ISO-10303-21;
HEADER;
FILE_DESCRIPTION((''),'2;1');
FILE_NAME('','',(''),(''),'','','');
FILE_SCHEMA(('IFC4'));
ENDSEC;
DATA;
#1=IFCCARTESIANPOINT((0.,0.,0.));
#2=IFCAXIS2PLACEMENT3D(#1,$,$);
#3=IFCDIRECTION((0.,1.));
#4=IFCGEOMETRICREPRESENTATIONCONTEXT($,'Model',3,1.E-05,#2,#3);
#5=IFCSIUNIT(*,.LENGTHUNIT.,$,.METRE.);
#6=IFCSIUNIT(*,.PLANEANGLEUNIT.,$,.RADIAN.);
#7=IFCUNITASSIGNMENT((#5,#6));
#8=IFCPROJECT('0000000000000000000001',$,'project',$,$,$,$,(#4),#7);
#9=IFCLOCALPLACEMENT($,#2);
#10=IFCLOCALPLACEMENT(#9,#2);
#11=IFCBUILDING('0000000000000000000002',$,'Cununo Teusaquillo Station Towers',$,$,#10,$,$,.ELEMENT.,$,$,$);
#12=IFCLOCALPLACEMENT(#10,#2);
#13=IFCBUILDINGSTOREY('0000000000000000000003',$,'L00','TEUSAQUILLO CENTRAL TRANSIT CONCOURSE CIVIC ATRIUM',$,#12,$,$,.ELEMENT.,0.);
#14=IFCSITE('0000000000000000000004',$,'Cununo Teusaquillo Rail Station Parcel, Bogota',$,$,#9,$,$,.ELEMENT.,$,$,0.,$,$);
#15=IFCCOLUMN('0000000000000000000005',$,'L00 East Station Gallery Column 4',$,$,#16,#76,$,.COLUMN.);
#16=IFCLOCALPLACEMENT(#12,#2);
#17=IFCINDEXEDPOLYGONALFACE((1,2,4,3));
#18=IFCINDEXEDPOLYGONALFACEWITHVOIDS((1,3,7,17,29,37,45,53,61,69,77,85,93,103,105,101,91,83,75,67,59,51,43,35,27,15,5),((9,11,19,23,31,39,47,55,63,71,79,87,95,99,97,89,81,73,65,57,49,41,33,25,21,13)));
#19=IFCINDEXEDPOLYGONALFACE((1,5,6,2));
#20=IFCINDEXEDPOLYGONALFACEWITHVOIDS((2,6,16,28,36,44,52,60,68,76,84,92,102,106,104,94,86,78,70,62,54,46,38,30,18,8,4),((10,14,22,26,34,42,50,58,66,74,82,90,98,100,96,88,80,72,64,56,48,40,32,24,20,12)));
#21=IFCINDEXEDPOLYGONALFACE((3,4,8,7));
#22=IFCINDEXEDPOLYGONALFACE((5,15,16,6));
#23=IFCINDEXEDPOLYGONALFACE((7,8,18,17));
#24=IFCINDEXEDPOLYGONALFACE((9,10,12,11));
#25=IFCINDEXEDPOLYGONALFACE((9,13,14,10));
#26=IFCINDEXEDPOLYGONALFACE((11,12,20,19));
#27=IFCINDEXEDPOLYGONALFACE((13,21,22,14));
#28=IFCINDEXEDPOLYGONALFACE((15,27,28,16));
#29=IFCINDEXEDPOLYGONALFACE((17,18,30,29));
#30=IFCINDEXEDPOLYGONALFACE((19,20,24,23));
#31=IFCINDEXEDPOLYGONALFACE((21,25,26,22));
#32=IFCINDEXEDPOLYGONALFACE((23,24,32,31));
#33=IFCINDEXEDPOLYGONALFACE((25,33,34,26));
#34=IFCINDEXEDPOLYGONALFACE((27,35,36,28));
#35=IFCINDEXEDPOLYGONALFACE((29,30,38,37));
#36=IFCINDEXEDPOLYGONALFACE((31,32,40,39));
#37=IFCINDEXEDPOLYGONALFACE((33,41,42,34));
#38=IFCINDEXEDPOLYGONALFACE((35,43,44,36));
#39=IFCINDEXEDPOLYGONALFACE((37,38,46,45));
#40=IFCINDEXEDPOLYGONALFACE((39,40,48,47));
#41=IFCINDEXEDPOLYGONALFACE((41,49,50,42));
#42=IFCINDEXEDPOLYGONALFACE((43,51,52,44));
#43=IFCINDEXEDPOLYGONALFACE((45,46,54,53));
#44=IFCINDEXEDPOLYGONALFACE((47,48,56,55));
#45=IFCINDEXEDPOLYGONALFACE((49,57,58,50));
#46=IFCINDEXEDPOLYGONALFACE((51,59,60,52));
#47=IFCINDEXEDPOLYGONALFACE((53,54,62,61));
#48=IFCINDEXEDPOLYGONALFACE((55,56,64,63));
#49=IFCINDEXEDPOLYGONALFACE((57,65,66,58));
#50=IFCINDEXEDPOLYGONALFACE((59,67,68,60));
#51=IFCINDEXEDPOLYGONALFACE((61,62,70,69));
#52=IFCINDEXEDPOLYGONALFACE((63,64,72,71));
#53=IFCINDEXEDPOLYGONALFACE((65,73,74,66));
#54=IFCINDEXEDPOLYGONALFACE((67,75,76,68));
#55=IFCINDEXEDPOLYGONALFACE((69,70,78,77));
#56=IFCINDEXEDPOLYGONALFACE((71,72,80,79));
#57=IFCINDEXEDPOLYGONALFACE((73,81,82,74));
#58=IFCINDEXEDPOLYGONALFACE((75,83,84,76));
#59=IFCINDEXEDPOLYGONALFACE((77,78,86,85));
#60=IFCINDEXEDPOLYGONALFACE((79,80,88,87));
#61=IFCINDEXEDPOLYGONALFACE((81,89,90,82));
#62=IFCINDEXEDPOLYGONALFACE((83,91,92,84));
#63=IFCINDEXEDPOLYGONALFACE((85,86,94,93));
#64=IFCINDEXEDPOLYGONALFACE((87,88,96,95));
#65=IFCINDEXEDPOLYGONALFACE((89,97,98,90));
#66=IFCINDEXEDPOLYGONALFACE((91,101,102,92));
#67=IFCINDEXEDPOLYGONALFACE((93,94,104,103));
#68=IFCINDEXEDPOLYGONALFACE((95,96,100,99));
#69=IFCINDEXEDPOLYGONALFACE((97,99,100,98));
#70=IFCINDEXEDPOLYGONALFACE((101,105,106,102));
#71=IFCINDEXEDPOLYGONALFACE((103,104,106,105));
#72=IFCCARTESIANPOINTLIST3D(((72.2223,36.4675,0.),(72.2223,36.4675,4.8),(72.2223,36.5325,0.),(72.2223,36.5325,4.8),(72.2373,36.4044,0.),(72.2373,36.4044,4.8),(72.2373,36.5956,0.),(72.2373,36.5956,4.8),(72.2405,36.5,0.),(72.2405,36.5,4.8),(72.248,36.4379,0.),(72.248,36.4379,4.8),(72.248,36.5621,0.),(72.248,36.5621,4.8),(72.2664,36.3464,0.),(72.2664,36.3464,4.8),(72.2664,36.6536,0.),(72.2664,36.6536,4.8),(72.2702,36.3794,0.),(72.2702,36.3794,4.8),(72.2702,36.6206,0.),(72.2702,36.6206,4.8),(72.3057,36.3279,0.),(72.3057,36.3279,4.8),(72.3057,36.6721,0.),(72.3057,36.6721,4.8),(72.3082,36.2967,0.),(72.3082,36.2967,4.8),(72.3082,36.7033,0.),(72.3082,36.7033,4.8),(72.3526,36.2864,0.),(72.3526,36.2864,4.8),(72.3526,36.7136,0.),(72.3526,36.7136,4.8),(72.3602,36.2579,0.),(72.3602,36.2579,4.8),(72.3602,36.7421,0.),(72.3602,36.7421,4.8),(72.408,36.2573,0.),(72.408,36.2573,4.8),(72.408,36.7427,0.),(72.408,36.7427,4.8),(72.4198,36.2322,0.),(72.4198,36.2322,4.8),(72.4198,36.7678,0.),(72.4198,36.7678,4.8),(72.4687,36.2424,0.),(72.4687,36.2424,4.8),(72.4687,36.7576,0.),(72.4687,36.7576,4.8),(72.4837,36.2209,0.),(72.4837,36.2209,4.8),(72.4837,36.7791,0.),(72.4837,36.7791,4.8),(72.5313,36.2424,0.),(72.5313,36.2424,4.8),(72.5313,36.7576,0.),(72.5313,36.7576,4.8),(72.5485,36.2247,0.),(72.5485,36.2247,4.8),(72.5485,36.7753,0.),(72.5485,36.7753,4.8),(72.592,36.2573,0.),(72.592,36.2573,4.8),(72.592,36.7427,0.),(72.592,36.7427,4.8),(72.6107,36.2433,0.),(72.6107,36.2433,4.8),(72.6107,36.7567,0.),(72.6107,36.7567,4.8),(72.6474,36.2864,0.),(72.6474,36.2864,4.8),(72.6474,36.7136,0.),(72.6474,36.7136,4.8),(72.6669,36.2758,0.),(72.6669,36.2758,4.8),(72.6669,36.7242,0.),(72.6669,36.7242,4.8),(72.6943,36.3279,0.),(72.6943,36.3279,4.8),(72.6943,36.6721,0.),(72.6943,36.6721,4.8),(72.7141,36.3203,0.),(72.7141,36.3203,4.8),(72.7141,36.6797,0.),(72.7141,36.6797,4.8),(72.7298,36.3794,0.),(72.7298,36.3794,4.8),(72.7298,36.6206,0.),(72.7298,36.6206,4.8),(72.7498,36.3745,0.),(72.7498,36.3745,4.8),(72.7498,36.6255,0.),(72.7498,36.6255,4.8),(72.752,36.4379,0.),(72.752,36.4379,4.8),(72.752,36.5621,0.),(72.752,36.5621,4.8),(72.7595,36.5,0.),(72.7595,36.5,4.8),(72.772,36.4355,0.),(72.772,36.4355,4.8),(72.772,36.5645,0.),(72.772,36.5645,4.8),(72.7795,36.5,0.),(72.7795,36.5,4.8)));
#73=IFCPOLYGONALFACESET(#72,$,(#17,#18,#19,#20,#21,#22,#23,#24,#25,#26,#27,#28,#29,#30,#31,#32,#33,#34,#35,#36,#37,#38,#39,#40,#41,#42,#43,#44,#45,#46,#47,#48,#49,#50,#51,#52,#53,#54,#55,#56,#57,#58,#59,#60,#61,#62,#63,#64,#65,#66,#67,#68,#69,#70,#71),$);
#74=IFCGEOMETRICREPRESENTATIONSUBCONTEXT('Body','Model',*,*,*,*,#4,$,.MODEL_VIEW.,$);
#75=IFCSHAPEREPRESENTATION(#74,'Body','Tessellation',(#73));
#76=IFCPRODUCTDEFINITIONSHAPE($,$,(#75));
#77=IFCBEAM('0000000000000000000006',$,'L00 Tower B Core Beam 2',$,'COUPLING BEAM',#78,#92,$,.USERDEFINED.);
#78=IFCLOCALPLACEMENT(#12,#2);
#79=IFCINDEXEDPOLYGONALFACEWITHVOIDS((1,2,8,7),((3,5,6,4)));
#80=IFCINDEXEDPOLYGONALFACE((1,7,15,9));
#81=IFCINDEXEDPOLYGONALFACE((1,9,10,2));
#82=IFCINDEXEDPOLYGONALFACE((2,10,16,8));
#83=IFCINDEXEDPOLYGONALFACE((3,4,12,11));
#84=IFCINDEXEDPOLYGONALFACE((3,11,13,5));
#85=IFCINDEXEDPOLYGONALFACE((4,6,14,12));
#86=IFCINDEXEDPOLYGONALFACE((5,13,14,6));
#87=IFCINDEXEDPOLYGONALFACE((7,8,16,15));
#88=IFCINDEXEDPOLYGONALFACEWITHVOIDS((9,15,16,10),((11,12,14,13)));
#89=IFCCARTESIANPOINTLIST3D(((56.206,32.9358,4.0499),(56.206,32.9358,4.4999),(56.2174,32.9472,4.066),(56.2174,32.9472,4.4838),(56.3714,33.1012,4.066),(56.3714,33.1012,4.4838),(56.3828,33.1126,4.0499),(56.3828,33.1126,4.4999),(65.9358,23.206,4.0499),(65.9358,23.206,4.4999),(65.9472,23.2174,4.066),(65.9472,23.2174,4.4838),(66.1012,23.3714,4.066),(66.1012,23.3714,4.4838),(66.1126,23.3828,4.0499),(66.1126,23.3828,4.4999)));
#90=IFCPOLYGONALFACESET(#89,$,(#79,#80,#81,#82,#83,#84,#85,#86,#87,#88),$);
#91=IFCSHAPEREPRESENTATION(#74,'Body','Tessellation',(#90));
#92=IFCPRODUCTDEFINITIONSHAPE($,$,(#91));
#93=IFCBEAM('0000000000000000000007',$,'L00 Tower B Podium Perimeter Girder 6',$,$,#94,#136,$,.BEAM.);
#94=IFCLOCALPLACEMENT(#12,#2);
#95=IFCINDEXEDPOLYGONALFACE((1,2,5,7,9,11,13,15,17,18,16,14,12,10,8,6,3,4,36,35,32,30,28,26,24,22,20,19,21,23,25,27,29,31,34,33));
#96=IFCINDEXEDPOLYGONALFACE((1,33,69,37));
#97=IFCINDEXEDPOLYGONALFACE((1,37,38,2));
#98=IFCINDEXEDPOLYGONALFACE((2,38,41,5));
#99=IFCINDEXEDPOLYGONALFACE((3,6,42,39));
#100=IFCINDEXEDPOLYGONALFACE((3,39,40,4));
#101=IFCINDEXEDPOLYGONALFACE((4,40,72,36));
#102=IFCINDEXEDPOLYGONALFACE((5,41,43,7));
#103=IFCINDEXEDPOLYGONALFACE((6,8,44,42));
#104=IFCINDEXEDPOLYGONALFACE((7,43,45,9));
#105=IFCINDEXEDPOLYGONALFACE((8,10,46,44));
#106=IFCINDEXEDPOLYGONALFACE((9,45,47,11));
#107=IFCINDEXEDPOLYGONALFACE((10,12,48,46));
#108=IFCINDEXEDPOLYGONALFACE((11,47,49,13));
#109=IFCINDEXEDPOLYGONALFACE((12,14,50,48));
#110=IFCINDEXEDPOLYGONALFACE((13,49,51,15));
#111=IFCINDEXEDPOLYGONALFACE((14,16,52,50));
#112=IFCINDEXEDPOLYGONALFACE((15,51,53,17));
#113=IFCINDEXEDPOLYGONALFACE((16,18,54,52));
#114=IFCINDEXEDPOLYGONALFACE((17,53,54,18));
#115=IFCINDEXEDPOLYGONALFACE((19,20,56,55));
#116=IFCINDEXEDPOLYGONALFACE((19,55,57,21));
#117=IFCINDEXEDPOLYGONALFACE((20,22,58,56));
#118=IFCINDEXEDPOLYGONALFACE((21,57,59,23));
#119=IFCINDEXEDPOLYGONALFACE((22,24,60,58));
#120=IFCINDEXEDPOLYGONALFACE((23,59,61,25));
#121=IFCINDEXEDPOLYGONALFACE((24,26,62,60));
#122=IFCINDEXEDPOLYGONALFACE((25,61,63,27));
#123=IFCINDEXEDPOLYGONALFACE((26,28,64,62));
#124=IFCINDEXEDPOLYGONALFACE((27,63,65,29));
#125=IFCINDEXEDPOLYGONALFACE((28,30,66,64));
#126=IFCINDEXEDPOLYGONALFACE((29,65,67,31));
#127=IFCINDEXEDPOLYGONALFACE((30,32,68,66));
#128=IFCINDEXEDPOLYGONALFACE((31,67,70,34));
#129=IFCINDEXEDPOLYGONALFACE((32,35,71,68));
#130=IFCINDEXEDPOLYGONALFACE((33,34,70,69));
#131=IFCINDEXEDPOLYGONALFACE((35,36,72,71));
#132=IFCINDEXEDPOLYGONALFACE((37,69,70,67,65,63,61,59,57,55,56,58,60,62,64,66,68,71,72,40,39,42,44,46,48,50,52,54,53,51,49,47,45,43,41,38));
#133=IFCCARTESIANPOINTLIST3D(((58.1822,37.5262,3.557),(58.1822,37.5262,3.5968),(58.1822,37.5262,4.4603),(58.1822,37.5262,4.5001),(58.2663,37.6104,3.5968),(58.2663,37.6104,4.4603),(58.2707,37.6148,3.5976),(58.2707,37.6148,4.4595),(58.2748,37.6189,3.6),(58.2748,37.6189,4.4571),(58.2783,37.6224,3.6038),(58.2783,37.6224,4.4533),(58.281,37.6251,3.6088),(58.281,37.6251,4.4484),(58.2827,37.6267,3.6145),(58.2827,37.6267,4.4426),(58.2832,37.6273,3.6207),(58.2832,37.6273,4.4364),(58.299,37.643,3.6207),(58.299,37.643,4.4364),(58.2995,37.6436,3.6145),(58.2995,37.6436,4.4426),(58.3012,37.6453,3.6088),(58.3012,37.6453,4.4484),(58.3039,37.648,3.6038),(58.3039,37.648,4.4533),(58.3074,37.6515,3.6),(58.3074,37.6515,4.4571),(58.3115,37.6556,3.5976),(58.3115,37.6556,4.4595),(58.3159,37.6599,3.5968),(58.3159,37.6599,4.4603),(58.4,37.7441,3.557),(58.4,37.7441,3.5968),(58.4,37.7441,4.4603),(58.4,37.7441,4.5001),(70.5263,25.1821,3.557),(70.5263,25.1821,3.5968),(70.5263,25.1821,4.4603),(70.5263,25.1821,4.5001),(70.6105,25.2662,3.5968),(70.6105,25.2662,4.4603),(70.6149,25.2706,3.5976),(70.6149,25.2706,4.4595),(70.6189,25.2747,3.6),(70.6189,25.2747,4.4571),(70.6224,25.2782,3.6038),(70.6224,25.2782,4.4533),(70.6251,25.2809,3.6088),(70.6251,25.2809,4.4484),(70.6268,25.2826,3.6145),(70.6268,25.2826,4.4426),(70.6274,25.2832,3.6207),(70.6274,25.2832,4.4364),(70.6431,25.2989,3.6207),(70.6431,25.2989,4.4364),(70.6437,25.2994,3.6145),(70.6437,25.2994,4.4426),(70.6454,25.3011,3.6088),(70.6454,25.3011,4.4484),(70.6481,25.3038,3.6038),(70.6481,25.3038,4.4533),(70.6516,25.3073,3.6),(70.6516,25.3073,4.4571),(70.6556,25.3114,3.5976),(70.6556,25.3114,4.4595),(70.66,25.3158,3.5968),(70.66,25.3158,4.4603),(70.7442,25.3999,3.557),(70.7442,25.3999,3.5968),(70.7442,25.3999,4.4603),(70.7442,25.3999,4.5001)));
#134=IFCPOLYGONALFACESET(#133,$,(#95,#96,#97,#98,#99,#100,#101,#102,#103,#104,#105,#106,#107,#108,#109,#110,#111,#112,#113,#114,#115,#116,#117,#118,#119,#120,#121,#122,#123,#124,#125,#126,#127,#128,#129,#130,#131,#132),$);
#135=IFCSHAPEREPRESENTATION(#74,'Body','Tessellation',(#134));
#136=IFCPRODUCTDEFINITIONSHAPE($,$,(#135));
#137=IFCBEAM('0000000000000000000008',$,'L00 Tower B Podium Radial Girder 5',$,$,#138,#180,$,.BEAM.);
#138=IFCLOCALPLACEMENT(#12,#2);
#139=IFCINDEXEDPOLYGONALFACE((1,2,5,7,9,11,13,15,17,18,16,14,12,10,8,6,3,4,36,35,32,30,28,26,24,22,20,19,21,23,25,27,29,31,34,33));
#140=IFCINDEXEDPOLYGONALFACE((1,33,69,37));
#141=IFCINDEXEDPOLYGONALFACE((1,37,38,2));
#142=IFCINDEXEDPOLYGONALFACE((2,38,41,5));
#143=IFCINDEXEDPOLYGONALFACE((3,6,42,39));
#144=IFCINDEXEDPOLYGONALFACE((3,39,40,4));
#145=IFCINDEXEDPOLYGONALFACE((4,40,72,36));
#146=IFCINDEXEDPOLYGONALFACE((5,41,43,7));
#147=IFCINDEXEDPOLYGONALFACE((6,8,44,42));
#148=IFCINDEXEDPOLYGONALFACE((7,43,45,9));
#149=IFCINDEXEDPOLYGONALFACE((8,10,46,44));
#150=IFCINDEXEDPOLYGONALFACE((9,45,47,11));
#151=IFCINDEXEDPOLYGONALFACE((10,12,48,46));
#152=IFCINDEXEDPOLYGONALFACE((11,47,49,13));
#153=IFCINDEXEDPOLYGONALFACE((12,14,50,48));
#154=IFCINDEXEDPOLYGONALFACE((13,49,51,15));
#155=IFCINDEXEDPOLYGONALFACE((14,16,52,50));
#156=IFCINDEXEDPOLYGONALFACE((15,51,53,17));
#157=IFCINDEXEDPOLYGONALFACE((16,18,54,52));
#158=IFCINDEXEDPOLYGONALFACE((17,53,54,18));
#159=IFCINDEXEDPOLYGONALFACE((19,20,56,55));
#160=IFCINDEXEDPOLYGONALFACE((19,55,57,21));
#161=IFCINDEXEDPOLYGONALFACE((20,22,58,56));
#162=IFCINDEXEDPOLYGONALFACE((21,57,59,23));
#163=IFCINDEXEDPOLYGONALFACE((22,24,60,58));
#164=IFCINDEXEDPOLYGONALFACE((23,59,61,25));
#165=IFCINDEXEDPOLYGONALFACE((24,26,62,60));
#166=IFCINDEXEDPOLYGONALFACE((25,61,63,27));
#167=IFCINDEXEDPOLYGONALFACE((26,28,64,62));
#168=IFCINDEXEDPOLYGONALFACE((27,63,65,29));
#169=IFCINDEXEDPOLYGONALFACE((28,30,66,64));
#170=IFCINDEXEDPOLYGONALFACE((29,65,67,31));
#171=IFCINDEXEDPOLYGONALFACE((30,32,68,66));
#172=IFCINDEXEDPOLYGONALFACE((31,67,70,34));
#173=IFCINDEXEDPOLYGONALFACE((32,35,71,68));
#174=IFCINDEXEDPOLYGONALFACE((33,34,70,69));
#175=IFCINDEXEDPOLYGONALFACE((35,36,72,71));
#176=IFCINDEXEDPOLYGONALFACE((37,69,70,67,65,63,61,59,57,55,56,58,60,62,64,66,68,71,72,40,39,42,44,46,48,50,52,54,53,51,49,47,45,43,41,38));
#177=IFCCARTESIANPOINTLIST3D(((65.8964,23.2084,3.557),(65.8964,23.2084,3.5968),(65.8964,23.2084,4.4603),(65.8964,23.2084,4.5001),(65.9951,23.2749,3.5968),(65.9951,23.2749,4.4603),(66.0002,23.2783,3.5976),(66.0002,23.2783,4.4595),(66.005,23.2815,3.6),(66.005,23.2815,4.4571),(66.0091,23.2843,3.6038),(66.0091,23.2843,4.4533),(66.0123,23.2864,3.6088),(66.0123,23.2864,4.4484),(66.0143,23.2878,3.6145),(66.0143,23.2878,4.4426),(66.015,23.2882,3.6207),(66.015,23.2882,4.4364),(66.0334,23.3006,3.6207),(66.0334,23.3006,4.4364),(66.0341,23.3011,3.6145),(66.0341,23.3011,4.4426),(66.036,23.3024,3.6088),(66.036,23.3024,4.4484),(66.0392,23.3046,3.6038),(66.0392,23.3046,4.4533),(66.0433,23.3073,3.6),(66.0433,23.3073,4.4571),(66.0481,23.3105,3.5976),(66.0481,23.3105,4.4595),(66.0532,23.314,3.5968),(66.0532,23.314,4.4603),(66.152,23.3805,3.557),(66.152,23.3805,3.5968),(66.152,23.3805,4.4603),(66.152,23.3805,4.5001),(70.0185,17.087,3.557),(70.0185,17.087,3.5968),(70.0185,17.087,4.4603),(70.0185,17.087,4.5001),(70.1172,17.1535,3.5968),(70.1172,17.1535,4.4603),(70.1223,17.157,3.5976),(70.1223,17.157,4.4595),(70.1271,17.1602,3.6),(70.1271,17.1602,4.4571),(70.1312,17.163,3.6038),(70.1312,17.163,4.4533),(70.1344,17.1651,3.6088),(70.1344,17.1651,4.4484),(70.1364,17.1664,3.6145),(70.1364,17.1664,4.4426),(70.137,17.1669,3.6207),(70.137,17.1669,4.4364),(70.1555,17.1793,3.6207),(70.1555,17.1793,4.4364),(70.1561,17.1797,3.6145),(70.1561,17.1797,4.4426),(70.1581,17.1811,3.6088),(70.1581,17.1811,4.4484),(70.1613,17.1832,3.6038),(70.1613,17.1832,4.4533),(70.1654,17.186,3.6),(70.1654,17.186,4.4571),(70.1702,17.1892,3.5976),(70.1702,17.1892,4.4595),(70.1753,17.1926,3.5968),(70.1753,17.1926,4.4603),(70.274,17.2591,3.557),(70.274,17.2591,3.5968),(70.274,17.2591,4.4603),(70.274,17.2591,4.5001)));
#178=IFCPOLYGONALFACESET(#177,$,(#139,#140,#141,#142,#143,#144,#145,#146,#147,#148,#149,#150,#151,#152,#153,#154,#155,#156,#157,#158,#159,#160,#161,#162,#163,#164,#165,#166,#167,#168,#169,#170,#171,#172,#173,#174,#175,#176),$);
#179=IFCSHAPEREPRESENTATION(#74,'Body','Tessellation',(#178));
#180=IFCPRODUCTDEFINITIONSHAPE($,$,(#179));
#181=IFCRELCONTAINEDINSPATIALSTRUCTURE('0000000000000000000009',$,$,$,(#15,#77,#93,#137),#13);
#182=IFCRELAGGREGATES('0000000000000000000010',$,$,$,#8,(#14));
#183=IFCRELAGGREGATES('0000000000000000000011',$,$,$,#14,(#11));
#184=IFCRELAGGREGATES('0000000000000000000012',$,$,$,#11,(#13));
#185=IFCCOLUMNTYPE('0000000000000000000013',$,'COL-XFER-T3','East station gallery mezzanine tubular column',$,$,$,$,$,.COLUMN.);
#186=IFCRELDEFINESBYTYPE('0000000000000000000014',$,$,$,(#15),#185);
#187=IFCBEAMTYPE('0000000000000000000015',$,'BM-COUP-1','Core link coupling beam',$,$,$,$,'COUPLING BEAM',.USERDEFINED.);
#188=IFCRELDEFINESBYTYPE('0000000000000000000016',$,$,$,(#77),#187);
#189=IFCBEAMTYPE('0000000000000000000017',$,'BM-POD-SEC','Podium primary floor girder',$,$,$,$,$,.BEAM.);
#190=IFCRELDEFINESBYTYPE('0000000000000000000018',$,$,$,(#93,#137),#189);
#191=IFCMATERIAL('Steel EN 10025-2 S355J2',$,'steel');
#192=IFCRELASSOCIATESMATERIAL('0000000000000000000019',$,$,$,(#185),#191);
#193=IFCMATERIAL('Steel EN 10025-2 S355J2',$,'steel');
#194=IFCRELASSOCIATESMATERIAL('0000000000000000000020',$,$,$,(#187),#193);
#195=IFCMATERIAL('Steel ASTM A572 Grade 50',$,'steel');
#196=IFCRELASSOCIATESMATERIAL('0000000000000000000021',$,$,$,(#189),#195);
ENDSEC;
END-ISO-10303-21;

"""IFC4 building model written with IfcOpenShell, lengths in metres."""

from ifc_helpers import new_model, si_unit, direction, frame, origin, origin_2d, place, context, subcontext, project, spatial, hollow_rectangle, hollow_circle, i_section, extrude, material, material_profile, profile_set, type_object, element, save


model = new_model("IFC4")

# Units and contexts
model_context = context("Model", 3, precision=1e-05, world=origin(), true_north=direction((0.0, 1.0)))
body_context = subcontext(model_context, "Body", "Model", "MODEL_VIEW")
ifc_project = project(units=[si_unit("LENGTHUNIT", "METRE"), si_unit("PLANEANGLEUNIT", "RADIAN")], contexts=[model_context])

# Site, building, storey
site_placement = place(None, origin())
site = spatial("IfcSite", under=ifc_project, at=site_placement, Name="Cununo Teusaquillo Rail Station Parcel, Bogota", CompositionType="ELEMENT", RefElevation=0.0)
building_placement = place(site_placement, origin())
building = spatial("IfcBuilding", under=site, at=building_placement, Name="Cununo Teusaquillo Station Towers", CompositionType="ELEMENT")
storey_placement = place(building_placement, origin())
storey = spatial("IfcBuildingStorey", under=building, at=storey_placement, Name="L00", Description="TEUSAQUILLO CENTRAL TRANSIT CONCOURSE CIVIC ATRIUM", CompositionType="ELEMENT", Elevation=0.0)

# Column
ifc_material_1 = material(Name="Steel EN 10025-2 S355J2", Category="steel")
ifc_material_profile_1 = material_profile(ifc_material_1, hollow_circle(Radius=0.2795, WallThickness=0.02, at=origin_2d()), Name="CHS 559x20")
ifc_profile_set_1 = profile_set([ifc_material_profile_1], Name="Steel EN 10025-2 S355J2")
column_type_1 = type_object("IfcColumnType", Name="COL-XFER-T3", Description="East station gallery mezzanine tubular column", PredefinedType="COLUMN", material=ifc_profile_set_1)
for number, where, z_axis, x_axis, name in (
    (1, (72.5, 36.5, 0.0), (0.0, 0.0, 1.0), (1.0, 0.0, 0.0), "L00 East Station Gallery Column 4"),
):
    element("IfcColumn", number, at=place(storey_placement, frame(where, z_axis=z_axis, x_axis=x_axis)), inside=storey, type_object=column_type_1, Name=name, PredefinedType="COLUMN", context=body_context, shape_type="SweptSolid", body=[
        extrude(hollow_circle(Radius=0.2795, WallThickness=0.02, at=origin_2d()), origin(), (0.0, 0.0, 1.0), 4.8),
    ])

# Beams
ifc_material_2 = material(Name="Steel EN 10025-2 S355J2", Category="steel")
ifc_material_profile_2 = material_profile(ifc_material_2, hollow_rectangle(XDim=0.25, YDim=0.45, WallThickness=0.0161, at=origin_2d()), Name="RHS 450x250x16")
ifc_profile_set_2 = profile_set([ifc_material_profile_2], Name="Steel EN 10025-2 S355J2")
beam_type_1 = type_object("IfcBeamType", Name="BM-COUP-1", Description="Core link coupling beam", ElementType="COUPLING BEAM", PredefinedType="USERDEFINED", material=ifc_profile_set_2)
beam_1_placement = place(storey_placement, frame((66.0242, 23.2944, 4.2749), z_axis=(-0.707107, 0.707107, 0.0), x_axis=(-0.707107, -0.707107, 0.0)))
element("IfcBeam", 2, at=beam_1_placement, inside=storey, type_object=beam_type_1, Name="L00 Tower B Core Beam 2", ObjectType="COUPLING BEAM", PredefinedType="USERDEFINED", context=body_context, shape_type="SweptSolid", body=[
    extrude(hollow_rectangle(XDim=0.25, YDim=0.45, WallThickness=0.0161, at=origin_2d()), origin(), (0.0, 0.0, 1.0), 13.76),
])
ifc_material_3 = material(Name="Steel ASTM A572 Grade 50", Category="steel")
ifc_material_profile_3 = material_profile(ifc_material_3, i_section(OverallWidth=0.3081, OverallDepth=0.9431, WebThickness=0.0222, FlangeThickness=0.0398, FilletRadius=0.0239, at=origin_2d()), Name="W36X232")
ifc_profile_set_3 = profile_set([ifc_material_profile_3], Name="Steel ASTM A572 Grade 50")
beam_type_2 = type_object("IfcBeamType", Name="BM-POD-SEC", Description="Podium primary floor girder", PredefinedType="BEAM", material=ifc_profile_set_3)
beam_2_placement = place(storey_placement, frame((70.6353, 25.291, 4.0286), z_axis=(-0.707107, 0.707107, 0.0), x_axis=(-0.707107, -0.707107, 0.0)))
element("IfcBeam", 3, at=beam_2_placement, inside=storey, type_object=beam_type_2, Name="L00 Tower B Podium Perimeter Girder 6", PredefinedType="BEAM", context=body_context, shape_type="SweptSolid", body=[
    extrude(i_section(OverallWidth=0.3081, OverallDepth=0.9431, WebThickness=0.0222, FlangeThickness=0.0398, FilletRadius=0.0239, at=origin_2d()), origin(), (0.0, 0.0, 1.0), 17.4573),
])
beam_3_placement = place(storey_placement, frame((66.0242, 23.2944, 4.0286), z_axis=(0.558557, -0.829466, 0.0), x_axis=(0.829466, 0.558557, 0.0)))
element("IfcBeam", 4, at=beam_3_placement, inside=storey, type_object=beam_type_2, Name="L00 Tower B Podium Radial Girder 5", PredefinedType="BEAM", context=body_context, shape_type="SweptSolid", body=[
    extrude(i_section(OverallWidth=0.3081, OverallDepth=0.9431, WebThickness=0.0222, FlangeThickness=0.0398, FilletRadius=0.0239, at=origin_2d()), origin(), (0.0, 0.0, 1.0), 7.3799),
])

save(model, "model.ifc")
